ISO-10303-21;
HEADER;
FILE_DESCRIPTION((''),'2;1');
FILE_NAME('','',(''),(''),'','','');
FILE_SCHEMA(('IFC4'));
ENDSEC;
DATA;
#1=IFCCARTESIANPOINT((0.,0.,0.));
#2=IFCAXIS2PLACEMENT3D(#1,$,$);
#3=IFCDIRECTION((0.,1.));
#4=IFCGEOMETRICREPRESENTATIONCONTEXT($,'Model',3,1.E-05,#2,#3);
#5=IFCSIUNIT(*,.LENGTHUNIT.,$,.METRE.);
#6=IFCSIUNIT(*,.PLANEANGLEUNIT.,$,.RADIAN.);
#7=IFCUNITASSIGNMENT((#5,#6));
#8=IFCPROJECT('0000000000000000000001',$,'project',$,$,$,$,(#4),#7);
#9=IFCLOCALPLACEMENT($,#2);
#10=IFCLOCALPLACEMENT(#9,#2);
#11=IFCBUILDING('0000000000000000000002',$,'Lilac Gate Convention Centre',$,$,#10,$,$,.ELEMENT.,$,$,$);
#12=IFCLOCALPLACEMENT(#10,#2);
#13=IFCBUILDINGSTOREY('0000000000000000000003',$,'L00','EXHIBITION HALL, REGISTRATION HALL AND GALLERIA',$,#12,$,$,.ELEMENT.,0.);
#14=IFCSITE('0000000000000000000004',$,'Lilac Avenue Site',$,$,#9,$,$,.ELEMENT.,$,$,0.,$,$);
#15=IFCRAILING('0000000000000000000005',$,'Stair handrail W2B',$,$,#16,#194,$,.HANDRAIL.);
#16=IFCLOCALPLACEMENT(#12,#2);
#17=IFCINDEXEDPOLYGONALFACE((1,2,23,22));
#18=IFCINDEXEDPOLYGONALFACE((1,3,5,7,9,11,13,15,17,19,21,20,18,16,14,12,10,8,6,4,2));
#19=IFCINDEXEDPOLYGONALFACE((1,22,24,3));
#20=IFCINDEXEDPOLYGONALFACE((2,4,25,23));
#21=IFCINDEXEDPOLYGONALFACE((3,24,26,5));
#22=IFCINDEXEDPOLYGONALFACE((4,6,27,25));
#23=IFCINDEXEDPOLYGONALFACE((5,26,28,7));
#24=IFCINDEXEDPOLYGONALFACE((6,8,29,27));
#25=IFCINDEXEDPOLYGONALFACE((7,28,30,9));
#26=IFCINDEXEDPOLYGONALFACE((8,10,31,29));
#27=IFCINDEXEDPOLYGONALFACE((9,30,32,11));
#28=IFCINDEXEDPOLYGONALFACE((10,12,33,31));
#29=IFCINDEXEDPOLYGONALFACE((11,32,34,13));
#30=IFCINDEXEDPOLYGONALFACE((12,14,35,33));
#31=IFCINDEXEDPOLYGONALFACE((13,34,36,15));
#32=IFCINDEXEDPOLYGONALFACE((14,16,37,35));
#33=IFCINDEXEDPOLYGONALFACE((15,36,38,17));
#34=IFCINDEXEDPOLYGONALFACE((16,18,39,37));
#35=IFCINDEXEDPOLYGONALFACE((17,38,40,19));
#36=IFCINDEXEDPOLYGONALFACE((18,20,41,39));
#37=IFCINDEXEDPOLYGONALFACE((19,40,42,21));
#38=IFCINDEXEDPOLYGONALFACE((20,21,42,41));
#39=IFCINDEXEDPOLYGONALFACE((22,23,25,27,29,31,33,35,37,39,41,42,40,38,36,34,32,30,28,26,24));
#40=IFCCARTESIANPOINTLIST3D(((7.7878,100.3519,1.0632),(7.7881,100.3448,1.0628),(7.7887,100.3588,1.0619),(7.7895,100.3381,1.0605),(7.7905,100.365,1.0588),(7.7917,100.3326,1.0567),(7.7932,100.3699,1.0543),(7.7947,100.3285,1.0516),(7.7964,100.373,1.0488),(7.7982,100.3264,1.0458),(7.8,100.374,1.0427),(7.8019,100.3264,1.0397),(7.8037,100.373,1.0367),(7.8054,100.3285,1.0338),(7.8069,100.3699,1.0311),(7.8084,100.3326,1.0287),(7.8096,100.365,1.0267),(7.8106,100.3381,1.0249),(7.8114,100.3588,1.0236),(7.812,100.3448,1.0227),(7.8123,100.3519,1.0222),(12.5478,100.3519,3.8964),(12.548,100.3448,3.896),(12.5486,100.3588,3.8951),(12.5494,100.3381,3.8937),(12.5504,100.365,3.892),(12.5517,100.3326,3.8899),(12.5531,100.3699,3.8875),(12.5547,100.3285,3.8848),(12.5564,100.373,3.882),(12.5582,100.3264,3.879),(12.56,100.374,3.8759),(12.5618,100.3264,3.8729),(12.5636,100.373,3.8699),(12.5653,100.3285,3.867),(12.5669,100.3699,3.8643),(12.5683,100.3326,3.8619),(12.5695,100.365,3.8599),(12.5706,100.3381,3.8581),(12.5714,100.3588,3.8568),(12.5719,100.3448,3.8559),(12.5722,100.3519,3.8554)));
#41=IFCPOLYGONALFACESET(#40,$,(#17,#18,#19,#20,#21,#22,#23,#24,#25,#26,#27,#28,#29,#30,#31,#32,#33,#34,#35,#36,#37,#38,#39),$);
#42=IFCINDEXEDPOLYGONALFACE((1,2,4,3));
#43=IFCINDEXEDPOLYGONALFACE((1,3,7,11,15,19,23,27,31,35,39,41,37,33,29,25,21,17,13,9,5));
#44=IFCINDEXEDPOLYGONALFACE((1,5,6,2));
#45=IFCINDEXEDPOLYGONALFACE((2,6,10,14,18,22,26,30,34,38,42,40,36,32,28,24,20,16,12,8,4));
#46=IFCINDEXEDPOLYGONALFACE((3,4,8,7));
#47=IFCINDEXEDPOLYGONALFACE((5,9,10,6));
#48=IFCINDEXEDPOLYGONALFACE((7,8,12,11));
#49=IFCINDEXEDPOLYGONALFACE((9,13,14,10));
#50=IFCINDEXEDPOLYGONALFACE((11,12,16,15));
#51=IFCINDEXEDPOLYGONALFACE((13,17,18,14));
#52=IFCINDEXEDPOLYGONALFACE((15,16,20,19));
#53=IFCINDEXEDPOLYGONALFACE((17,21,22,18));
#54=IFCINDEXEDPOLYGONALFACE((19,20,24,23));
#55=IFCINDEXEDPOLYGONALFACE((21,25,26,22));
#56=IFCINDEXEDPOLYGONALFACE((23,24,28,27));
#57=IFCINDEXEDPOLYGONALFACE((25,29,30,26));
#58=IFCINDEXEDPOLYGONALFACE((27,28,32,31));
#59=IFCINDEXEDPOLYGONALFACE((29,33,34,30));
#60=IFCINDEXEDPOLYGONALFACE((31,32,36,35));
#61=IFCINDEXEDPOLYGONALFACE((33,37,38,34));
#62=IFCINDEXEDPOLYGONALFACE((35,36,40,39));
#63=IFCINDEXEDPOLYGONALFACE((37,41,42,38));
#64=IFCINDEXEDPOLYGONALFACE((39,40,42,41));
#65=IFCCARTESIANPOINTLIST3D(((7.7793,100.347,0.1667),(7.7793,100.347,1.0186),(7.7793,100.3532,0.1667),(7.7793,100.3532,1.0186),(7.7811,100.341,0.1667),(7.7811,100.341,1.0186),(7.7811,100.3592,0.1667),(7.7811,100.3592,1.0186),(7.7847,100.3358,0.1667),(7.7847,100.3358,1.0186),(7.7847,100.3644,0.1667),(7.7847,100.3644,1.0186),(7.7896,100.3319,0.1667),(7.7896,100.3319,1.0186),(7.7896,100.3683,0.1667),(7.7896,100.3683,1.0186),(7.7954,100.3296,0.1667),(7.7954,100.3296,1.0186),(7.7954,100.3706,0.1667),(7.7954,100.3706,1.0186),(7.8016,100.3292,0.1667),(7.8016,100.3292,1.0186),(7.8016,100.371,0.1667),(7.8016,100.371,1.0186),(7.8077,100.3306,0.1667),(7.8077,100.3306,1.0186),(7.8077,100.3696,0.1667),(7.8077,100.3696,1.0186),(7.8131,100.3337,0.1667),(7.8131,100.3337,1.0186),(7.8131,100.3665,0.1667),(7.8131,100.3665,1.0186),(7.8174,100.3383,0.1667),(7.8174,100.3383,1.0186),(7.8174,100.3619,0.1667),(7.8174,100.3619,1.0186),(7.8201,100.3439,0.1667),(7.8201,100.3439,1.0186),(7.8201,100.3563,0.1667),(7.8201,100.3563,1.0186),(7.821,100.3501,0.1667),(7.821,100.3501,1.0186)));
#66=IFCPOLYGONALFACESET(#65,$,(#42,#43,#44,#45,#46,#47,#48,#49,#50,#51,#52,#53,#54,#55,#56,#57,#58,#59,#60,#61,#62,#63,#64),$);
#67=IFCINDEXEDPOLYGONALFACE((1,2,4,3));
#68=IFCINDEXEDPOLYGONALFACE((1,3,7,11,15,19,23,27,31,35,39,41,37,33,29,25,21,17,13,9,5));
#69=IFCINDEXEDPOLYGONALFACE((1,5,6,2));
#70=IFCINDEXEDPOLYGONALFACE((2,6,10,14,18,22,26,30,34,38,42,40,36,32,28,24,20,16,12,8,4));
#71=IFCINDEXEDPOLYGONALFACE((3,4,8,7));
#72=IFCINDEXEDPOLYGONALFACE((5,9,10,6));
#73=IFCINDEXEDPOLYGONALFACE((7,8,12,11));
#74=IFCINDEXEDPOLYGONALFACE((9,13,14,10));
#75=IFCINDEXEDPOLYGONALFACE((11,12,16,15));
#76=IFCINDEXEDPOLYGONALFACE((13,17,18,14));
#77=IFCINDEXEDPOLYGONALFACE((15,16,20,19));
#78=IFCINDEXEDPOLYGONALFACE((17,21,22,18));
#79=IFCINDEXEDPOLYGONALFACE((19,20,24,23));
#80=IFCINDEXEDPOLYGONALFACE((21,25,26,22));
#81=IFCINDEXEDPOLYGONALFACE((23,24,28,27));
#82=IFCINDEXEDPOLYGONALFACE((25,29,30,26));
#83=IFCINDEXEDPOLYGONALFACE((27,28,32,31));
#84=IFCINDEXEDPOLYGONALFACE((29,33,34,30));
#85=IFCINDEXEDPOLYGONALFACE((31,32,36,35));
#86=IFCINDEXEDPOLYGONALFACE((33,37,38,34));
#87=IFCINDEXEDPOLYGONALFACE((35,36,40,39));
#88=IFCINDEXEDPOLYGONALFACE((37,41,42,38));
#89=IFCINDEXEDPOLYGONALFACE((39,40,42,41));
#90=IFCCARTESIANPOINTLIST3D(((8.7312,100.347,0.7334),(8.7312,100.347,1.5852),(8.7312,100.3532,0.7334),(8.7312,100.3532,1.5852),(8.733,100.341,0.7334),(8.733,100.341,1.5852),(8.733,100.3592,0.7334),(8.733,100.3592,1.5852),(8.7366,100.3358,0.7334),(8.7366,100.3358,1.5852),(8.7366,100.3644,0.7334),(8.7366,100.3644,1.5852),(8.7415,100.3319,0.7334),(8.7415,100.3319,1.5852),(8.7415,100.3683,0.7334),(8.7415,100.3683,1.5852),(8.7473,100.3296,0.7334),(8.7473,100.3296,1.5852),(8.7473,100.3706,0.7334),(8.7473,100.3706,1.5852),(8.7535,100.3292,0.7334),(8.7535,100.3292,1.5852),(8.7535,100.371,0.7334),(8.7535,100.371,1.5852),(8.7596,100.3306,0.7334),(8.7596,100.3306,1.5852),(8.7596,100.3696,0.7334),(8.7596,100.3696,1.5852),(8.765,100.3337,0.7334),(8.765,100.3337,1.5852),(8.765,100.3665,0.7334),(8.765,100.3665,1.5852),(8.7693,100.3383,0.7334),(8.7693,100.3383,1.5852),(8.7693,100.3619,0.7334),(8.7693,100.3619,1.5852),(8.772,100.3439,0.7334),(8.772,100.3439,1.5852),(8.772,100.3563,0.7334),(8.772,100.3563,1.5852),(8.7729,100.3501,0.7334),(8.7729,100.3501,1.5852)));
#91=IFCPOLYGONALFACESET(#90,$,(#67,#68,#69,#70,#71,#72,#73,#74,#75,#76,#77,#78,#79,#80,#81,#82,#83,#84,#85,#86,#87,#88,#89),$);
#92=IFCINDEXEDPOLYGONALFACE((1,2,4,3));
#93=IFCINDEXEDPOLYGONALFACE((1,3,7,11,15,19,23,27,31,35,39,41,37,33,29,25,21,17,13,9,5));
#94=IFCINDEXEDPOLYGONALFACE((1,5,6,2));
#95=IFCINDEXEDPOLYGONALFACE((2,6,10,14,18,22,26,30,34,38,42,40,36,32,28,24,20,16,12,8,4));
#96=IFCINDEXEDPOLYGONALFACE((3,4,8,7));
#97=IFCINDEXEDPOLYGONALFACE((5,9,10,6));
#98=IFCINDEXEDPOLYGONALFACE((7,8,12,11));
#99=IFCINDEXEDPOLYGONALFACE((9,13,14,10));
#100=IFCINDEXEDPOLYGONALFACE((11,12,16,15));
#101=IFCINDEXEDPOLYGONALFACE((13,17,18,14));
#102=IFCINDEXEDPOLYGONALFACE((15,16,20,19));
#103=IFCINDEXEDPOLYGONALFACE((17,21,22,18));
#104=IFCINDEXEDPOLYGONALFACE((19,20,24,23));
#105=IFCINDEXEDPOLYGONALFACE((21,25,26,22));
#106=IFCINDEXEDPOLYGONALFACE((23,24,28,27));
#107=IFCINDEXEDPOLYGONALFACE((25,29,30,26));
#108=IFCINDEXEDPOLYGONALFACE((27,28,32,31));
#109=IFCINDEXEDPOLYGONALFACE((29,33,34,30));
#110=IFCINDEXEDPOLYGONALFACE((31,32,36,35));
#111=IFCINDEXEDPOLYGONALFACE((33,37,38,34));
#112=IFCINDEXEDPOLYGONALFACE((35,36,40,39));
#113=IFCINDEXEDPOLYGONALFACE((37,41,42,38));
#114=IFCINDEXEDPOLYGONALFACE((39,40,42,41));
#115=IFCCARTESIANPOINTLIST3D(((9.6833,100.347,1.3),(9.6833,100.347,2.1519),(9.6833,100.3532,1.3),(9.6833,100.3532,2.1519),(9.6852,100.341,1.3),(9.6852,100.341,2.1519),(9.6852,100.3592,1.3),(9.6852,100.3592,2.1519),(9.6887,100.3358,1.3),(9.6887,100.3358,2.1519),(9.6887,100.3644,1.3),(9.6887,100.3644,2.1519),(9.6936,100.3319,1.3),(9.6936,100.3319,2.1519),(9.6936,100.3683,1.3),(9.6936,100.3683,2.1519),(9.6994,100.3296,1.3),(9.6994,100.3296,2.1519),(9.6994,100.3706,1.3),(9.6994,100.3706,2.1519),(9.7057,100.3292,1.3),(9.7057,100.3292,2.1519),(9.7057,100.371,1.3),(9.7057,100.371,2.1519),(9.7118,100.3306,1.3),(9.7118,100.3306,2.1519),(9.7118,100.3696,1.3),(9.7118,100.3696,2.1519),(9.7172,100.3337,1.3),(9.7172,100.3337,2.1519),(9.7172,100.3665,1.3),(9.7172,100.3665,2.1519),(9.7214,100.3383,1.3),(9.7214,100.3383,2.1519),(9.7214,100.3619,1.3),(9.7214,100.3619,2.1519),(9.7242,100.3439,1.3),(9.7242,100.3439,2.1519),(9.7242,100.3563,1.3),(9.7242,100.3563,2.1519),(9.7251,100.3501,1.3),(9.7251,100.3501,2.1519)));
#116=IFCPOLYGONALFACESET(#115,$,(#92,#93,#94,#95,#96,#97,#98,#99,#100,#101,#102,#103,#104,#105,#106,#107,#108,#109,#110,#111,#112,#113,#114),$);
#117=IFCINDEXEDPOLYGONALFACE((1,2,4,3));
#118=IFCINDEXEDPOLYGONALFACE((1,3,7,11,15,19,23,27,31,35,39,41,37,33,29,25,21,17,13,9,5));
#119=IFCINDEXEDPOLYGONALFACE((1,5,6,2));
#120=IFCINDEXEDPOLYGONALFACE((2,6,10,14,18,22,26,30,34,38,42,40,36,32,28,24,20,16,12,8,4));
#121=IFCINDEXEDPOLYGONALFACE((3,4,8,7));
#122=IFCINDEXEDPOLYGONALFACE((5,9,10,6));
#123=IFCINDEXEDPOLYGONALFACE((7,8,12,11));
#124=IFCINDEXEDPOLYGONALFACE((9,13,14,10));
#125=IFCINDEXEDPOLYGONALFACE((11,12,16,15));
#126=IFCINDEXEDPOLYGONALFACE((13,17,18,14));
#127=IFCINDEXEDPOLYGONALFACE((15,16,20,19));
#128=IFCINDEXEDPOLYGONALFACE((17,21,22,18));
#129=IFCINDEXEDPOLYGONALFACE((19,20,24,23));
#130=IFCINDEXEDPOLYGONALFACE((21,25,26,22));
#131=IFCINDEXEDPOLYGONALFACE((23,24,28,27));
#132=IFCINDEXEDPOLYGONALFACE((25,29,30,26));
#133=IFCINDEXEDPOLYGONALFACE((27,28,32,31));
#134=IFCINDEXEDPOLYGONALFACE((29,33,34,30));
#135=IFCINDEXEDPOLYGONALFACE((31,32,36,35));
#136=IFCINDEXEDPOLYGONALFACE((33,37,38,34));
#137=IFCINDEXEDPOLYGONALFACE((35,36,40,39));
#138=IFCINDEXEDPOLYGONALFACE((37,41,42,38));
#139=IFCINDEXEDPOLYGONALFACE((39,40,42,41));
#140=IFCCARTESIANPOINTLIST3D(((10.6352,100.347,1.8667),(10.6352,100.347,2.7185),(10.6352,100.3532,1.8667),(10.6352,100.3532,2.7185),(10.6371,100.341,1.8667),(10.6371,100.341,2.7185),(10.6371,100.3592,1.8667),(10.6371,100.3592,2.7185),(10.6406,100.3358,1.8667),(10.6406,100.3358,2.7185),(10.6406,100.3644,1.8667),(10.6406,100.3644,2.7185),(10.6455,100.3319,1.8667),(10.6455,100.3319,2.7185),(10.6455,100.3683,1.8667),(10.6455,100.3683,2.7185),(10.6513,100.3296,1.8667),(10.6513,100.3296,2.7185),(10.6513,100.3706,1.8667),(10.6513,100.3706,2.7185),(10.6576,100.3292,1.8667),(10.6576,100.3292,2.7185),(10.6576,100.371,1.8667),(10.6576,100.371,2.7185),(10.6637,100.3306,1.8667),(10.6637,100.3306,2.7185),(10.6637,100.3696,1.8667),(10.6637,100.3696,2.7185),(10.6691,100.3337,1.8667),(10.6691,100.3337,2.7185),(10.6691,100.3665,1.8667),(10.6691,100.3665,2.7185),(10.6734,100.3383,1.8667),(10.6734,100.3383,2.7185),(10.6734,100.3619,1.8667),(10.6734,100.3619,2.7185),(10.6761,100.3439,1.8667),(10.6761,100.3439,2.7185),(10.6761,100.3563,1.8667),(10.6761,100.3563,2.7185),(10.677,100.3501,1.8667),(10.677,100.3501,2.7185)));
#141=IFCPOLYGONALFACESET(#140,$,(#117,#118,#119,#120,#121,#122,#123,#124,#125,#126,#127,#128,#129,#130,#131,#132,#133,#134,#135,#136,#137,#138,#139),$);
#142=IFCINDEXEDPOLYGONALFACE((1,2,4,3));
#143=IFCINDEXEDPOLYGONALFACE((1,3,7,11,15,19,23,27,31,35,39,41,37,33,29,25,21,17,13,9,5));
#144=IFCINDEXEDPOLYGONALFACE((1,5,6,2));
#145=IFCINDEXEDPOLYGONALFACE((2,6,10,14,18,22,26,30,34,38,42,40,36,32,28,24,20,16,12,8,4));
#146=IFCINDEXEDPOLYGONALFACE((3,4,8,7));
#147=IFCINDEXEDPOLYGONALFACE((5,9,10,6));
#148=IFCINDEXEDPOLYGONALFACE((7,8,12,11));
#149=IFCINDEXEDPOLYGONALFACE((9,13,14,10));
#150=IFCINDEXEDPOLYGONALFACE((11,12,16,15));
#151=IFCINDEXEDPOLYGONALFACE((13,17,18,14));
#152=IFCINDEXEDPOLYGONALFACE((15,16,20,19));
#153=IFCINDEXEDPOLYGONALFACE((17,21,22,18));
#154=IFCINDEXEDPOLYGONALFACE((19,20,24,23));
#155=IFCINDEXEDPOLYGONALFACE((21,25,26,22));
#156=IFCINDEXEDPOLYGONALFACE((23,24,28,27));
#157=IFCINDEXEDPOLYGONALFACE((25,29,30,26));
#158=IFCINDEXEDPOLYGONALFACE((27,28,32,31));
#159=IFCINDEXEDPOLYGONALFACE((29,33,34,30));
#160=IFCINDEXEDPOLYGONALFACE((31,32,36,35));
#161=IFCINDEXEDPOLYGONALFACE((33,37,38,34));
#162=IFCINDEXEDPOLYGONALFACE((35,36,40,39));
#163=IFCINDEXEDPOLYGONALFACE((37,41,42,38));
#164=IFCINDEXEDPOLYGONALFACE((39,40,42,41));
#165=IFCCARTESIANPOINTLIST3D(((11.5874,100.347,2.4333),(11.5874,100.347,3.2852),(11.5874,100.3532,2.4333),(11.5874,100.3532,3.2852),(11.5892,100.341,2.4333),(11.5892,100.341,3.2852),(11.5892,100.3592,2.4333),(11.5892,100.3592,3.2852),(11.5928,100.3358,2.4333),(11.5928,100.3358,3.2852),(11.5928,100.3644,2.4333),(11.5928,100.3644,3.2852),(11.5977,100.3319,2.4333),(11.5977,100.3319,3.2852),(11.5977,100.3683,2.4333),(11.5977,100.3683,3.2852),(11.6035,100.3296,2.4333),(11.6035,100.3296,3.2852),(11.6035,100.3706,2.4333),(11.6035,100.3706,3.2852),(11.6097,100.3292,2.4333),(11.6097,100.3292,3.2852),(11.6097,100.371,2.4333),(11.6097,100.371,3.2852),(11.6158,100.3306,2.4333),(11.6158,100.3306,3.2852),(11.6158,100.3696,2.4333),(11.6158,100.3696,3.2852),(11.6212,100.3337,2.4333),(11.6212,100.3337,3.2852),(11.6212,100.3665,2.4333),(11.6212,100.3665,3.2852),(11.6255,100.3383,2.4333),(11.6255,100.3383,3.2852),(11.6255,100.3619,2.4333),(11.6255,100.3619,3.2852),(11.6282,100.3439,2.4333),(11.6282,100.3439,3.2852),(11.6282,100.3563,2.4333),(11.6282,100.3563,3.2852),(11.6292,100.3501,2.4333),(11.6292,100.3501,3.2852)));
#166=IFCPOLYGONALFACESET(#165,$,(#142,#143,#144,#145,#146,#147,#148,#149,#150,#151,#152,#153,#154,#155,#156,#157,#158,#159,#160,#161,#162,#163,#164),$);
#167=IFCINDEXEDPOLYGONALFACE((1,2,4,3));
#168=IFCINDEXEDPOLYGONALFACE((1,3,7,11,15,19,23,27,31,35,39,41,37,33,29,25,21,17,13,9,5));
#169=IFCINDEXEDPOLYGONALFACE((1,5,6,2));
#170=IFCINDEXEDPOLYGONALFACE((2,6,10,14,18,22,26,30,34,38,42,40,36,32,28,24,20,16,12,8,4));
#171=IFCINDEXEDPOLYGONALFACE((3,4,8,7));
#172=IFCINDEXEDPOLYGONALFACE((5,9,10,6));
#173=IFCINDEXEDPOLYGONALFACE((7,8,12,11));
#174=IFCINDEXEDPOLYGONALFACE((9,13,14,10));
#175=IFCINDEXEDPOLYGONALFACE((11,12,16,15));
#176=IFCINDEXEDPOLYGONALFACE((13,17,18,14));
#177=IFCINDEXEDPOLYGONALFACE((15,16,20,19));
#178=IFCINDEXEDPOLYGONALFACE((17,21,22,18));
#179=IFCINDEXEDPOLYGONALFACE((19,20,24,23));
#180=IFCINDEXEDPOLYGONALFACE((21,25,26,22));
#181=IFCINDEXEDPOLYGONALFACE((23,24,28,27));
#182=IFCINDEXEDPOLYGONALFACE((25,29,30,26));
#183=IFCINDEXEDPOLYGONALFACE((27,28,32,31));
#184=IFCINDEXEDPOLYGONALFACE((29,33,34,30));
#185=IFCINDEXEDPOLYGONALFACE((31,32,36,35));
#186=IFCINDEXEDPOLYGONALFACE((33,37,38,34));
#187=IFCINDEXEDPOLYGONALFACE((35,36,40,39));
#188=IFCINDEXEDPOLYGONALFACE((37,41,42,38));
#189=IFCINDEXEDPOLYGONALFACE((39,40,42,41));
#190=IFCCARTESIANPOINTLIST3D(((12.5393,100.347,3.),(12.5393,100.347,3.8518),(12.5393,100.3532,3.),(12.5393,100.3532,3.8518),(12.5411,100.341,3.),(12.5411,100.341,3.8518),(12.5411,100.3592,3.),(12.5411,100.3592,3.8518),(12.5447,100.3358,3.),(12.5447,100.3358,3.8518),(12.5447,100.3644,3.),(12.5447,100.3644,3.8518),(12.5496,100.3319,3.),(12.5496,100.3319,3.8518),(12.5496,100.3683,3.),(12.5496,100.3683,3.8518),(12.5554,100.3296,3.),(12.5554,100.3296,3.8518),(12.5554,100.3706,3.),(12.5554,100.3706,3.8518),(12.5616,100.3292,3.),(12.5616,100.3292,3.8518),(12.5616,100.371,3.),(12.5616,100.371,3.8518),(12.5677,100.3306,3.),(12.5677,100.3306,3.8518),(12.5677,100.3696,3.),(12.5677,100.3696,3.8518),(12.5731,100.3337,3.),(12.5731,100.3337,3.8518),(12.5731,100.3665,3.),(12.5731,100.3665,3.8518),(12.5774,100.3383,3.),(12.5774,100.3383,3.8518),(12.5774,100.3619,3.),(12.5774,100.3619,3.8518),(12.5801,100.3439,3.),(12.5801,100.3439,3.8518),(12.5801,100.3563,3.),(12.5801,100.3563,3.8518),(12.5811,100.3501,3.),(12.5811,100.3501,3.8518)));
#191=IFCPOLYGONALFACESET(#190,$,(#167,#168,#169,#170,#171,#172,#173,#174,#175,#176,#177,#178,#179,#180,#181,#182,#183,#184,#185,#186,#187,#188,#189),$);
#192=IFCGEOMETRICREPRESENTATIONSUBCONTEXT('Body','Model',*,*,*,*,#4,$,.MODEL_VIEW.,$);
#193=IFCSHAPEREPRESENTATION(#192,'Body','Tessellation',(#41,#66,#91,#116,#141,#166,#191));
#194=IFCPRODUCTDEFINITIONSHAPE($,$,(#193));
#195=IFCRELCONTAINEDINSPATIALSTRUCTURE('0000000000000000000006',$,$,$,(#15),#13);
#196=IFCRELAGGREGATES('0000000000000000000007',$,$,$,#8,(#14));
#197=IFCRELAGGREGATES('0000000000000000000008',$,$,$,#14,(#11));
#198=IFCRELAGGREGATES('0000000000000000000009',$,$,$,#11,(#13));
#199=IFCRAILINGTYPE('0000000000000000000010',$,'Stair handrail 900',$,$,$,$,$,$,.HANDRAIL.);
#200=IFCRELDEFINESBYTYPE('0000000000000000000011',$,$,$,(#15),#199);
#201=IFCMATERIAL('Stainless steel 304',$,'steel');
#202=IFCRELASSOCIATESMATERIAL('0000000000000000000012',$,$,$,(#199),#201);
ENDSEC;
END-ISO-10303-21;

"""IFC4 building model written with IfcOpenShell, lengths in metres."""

from ifc_helpers import new_model, si_unit, direction, frame, origin, origin_2d, place, context, subcontext, project, spatial, circle, extrude, material, type_object, element, save


model = new_model("IFC4")

# Units and contexts
model_context = context("Model", 3, precision=1e-05, world=origin(), true_north=direction((0.0, 1.0)))
body_context = subcontext(model_context, "Body", "Model", "MODEL_VIEW")
ifc_project = project(units=[si_unit("LENGTHUNIT", "METRE"), si_unit("PLANEANGLEUNIT", "RADIAN")], contexts=[model_context])

# Site, building, storey
site_placement = place(None, origin())
site = spatial("IfcSite", under=ifc_project, at=site_placement, Name="Lilac Avenue Site", CompositionType="ELEMENT", RefElevation=0.0)
building_placement = place(site_placement, origin())
building = spatial("IfcBuilding", under=site, at=building_placement, Name="Lilac Gate Convention Centre", CompositionType="ELEMENT")
storey_placement = place(building_placement, origin())
storey = spatial("IfcBuildingStorey", under=building, at=storey_placement, Name="L00", Description="EXHIBITION HALL, REGISTRATION HALL AND GALLERIA", CompositionType="ELEMENT", Elevation=0.0)

# Railing
ifc_material_1 = material(Name="Stainless steel 304", Category="steel")
railing_type_1 = type_object("IfcRailingType", Name="Stair handrail 900", PredefinedType="HANDRAIL", material=ifc_material_1)
for number, where, name in (
    (1, (7.8, 100.3501, 0.1667), "Stair handrail W2B"),
):
    element("IfcRailing", number, at=place(storey_placement, frame(where)), inside=storey, type_object=railing_type_1, Name=name, PredefinedType="HANDRAIL", context=body_context, shape_type="SweptSolid", body=[
        extrude(circle(Radius=0.0239, at=origin_2d()), frame((0.0, 0.0, 0.876), z_axis=(0.8593, 0.0, 0.511472), x_axis=(0.0, 1.0, 0.0)), (0.0, 0.0, 1.0), 5.5393),
        extrude(circle(Radius=0.021, at=origin_2d()), origin(), (0.0, 0.0, 1.0), 0.8518),
        extrude(circle(Radius=0.021, at=origin_2d()), frame((0.9519, 0.0, 0.5667)), (0.0, 0.0, 1.0), 0.8518),
        extrude(circle(Radius=0.021, at=origin_2d()), frame((1.9041, 0.0, 1.1333)), (0.0, 0.0, 1.0), 0.8518),
        extrude(circle(Radius=0.021, at=origin_2d()), frame((2.856, 0.0, 1.7)), (0.0, 0.0, 1.0), 0.8518),
        extrude(circle(Radius=0.021, at=origin_2d()), frame((3.8081, 0.0, 2.2666)), (0.0, 0.0, 1.0), 0.8518),
        extrude(circle(Radius=0.021, at=origin_2d()), frame((4.76, 0.0, 2.8333)), (0.0, 0.0, 1.0), 0.8518),
    ])

save(model, "model.ifc")
